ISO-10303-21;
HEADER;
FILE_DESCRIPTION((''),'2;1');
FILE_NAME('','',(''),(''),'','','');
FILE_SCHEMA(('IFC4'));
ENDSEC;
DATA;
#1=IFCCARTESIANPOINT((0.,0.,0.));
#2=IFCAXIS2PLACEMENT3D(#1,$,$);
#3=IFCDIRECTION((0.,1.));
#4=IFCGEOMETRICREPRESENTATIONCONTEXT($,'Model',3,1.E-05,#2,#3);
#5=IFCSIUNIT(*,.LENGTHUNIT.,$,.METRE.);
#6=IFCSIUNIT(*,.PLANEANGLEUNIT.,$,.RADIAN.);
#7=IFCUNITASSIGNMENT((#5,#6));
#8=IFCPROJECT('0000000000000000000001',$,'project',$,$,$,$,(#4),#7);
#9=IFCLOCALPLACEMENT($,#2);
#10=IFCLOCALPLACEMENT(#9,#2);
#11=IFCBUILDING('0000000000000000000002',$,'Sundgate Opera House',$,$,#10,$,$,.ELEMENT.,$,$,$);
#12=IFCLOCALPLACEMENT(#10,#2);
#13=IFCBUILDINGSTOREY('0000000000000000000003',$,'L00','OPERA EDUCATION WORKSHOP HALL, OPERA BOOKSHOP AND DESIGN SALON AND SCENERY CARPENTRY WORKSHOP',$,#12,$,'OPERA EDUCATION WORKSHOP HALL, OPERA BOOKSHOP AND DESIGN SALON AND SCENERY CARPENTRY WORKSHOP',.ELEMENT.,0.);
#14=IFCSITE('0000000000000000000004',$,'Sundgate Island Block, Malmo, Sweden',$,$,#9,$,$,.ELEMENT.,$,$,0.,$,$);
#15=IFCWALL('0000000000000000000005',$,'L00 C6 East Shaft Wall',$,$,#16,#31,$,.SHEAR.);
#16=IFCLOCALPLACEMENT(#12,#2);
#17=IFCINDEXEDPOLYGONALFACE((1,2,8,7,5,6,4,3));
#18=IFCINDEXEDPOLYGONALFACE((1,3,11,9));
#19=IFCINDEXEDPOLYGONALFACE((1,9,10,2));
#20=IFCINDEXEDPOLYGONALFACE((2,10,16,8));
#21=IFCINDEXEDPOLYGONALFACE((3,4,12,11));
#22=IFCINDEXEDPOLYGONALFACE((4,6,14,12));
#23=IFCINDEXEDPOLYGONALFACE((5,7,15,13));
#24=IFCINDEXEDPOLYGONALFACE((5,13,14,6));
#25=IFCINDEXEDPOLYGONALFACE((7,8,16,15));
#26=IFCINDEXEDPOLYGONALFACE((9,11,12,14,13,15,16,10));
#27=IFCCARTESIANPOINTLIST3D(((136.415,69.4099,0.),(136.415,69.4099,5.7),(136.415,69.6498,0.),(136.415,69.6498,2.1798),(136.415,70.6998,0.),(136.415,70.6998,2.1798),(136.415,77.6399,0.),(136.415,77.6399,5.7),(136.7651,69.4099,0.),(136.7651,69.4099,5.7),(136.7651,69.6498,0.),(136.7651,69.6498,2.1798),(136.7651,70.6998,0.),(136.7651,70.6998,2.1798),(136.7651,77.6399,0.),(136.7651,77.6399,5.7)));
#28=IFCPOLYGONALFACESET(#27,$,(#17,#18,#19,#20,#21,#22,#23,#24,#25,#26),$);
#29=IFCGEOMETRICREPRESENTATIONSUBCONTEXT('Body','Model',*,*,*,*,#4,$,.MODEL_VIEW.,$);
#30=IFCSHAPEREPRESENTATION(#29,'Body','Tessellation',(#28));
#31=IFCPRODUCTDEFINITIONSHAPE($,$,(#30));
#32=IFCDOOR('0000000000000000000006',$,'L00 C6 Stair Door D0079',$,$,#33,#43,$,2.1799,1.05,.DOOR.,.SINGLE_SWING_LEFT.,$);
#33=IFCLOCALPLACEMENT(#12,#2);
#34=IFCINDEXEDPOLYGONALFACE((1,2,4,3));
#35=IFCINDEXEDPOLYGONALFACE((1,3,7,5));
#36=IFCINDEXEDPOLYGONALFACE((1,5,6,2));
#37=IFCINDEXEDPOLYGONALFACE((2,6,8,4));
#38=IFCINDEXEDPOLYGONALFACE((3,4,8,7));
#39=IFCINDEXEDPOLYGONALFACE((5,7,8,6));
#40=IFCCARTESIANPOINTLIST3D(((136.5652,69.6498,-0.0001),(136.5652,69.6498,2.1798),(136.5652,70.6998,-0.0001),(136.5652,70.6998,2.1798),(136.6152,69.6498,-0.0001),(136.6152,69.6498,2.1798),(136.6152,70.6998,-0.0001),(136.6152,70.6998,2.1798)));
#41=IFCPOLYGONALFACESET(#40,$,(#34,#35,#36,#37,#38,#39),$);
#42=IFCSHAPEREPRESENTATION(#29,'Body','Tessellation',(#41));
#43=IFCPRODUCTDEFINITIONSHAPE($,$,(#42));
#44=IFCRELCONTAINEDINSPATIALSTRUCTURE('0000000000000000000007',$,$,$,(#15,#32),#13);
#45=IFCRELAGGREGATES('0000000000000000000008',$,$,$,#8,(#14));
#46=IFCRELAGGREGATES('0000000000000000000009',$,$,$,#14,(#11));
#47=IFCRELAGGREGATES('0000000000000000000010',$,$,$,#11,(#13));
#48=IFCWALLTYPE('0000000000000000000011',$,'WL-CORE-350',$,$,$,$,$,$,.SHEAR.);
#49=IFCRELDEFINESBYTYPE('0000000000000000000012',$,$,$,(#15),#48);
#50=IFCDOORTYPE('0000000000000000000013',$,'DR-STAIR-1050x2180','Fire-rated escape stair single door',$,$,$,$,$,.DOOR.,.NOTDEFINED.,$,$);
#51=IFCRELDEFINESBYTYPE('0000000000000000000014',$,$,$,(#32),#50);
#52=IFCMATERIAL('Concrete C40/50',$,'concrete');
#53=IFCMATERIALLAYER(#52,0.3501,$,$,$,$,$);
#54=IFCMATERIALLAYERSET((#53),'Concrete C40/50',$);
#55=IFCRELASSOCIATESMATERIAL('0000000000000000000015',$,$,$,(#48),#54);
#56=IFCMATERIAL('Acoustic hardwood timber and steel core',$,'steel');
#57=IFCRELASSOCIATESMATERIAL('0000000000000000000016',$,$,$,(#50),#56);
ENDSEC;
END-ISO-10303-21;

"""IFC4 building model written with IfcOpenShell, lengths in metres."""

from ifc_helpers import new_model, si_unit, direction, frame, frame_2d, origin, place, context, subcontext, project, spatial, rectangle, extrude, material, layer, layer_set, type_object, element, fill, save


model = new_model("IFC4")

# Units and contexts
model_context = context("Model", 3, precision=1e-05, world=origin(), true_north=direction((0.0, 1.0)))
body_context = subcontext(model_context, "Body", "Model", "MODEL_VIEW")
ifc_project = project(units=[si_unit("LENGTHUNIT", "METRE"), si_unit("PLANEANGLEUNIT", "RADIAN")], contexts=[model_context])

# Site, building, storey
site_placement = place(None, origin())
site = spatial("IfcSite", under=ifc_project, at=site_placement, Name="Sundgate Island Block, Malmo, Sweden", CompositionType="ELEMENT", RefElevation=0.0)
building_placement = place(site_placement, origin())
building = spatial("IfcBuilding", under=site, at=building_placement, Name="Sundgate Opera House", CompositionType="ELEMENT")
storey_placement = place(building_placement, origin())
storey = spatial("IfcBuildingStorey", under=building, at=storey_placement, Name="L00", Description="OPERA EDUCATION WORKSHOP HALL, OPERA BOOKSHOP AND DESIGN SALON AND SCENERY CARPENTRY WORKSHOP", LongName="OPERA EDUCATION WORKSHOP HALL, OPERA BOOKSHOP AND DESIGN SALON AND SCENERY CARPENTRY WORKSHOP", CompositionType="ELEMENT", Elevation=0.0)

# Wall, opening, door
ifc_material_1 = material(Name="Concrete C40/50", Category="concrete")
ifc_layer_1 = layer(ifc_material_1, 0.3501)
ifc_layer_set_1 = layer_set([ifc_layer_1], Name="Concrete C40/50")
wall_type = type_object("IfcWallType", Name="WL-CORE-350", PredefinedType="SHEAR", material=ifc_layer_set_1)
wall_placement = place(storey_placement, frame((136.5901, 69.4099, 0.0), z_axis=(0.0, 0.0, 1.0), x_axis=(0.0, 1.0, 0.0)))
wall = element("IfcWall", 1, at=wall_placement, inside=storey, type_object=wall_type, Name="L00 C6 East Shaft Wall", PredefinedType="SHEAR", context=body_context, shape_type="SweptSolid", body=[
    extrude(rectangle(XDim=8.23, YDim=0.3501, at=frame_2d((4.115, 0.0))), origin(), (0.0, 0.0, 1.0), 5.7),
])
opening_placement = place(wall_placement, frame((0.24, 0.0, 0.0)))
opening = element("IfcOpeningElement", 2, at=opening_placement, cuts=wall, PredefinedType="OPENING", context=body_context, shape_type="SweptSolid", body=[
    extrude(rectangle(XDim=1.05, YDim=2.1799, at=frame_2d((0.5249, 1.0898))), frame((0.0, 0.1851, 0.0), z_axis=(0.0, -1.0, 0.0), x_axis=(1.0, 0.0, 0.0)), (0.0, 0.0, 1.0), 0.3701),
])
ifc_material_2 = material(Name="Acoustic hardwood timber and steel core", Category="steel")
door_type = type_object("IfcDoorType", Name="DR-STAIR-1050x2180", Description="Fire-rated escape stair single door", OperationType="NOTDEFINED", PredefinedType="DOOR", material=ifc_material_2)
door_placement = place(opening_placement, origin())
door = element("IfcDoor", 3, at=door_placement, inside=storey, type_object=door_type, Name="L00 C6 Stair Door D0079", OperationType="SINGLE_SWING_LEFT", OverallHeight=2.1799, OverallWidth=1.05, PredefinedType="DOOR", context=body_context, shape_type="SweptSolid", body=[
    extrude(rectangle(XDim=1.05, YDim=2.1799, at=frame_2d((0.5249, 1.0898))), frame((0.0, 0.0249, 0.0), z_axis=(0.0, -1.0, 0.0), x_axis=(1.0, 0.0, 0.0)), (0.0, 0.0, 1.0), 0.05),
])
fill(opening, door)

save(model, "model.ifc")
